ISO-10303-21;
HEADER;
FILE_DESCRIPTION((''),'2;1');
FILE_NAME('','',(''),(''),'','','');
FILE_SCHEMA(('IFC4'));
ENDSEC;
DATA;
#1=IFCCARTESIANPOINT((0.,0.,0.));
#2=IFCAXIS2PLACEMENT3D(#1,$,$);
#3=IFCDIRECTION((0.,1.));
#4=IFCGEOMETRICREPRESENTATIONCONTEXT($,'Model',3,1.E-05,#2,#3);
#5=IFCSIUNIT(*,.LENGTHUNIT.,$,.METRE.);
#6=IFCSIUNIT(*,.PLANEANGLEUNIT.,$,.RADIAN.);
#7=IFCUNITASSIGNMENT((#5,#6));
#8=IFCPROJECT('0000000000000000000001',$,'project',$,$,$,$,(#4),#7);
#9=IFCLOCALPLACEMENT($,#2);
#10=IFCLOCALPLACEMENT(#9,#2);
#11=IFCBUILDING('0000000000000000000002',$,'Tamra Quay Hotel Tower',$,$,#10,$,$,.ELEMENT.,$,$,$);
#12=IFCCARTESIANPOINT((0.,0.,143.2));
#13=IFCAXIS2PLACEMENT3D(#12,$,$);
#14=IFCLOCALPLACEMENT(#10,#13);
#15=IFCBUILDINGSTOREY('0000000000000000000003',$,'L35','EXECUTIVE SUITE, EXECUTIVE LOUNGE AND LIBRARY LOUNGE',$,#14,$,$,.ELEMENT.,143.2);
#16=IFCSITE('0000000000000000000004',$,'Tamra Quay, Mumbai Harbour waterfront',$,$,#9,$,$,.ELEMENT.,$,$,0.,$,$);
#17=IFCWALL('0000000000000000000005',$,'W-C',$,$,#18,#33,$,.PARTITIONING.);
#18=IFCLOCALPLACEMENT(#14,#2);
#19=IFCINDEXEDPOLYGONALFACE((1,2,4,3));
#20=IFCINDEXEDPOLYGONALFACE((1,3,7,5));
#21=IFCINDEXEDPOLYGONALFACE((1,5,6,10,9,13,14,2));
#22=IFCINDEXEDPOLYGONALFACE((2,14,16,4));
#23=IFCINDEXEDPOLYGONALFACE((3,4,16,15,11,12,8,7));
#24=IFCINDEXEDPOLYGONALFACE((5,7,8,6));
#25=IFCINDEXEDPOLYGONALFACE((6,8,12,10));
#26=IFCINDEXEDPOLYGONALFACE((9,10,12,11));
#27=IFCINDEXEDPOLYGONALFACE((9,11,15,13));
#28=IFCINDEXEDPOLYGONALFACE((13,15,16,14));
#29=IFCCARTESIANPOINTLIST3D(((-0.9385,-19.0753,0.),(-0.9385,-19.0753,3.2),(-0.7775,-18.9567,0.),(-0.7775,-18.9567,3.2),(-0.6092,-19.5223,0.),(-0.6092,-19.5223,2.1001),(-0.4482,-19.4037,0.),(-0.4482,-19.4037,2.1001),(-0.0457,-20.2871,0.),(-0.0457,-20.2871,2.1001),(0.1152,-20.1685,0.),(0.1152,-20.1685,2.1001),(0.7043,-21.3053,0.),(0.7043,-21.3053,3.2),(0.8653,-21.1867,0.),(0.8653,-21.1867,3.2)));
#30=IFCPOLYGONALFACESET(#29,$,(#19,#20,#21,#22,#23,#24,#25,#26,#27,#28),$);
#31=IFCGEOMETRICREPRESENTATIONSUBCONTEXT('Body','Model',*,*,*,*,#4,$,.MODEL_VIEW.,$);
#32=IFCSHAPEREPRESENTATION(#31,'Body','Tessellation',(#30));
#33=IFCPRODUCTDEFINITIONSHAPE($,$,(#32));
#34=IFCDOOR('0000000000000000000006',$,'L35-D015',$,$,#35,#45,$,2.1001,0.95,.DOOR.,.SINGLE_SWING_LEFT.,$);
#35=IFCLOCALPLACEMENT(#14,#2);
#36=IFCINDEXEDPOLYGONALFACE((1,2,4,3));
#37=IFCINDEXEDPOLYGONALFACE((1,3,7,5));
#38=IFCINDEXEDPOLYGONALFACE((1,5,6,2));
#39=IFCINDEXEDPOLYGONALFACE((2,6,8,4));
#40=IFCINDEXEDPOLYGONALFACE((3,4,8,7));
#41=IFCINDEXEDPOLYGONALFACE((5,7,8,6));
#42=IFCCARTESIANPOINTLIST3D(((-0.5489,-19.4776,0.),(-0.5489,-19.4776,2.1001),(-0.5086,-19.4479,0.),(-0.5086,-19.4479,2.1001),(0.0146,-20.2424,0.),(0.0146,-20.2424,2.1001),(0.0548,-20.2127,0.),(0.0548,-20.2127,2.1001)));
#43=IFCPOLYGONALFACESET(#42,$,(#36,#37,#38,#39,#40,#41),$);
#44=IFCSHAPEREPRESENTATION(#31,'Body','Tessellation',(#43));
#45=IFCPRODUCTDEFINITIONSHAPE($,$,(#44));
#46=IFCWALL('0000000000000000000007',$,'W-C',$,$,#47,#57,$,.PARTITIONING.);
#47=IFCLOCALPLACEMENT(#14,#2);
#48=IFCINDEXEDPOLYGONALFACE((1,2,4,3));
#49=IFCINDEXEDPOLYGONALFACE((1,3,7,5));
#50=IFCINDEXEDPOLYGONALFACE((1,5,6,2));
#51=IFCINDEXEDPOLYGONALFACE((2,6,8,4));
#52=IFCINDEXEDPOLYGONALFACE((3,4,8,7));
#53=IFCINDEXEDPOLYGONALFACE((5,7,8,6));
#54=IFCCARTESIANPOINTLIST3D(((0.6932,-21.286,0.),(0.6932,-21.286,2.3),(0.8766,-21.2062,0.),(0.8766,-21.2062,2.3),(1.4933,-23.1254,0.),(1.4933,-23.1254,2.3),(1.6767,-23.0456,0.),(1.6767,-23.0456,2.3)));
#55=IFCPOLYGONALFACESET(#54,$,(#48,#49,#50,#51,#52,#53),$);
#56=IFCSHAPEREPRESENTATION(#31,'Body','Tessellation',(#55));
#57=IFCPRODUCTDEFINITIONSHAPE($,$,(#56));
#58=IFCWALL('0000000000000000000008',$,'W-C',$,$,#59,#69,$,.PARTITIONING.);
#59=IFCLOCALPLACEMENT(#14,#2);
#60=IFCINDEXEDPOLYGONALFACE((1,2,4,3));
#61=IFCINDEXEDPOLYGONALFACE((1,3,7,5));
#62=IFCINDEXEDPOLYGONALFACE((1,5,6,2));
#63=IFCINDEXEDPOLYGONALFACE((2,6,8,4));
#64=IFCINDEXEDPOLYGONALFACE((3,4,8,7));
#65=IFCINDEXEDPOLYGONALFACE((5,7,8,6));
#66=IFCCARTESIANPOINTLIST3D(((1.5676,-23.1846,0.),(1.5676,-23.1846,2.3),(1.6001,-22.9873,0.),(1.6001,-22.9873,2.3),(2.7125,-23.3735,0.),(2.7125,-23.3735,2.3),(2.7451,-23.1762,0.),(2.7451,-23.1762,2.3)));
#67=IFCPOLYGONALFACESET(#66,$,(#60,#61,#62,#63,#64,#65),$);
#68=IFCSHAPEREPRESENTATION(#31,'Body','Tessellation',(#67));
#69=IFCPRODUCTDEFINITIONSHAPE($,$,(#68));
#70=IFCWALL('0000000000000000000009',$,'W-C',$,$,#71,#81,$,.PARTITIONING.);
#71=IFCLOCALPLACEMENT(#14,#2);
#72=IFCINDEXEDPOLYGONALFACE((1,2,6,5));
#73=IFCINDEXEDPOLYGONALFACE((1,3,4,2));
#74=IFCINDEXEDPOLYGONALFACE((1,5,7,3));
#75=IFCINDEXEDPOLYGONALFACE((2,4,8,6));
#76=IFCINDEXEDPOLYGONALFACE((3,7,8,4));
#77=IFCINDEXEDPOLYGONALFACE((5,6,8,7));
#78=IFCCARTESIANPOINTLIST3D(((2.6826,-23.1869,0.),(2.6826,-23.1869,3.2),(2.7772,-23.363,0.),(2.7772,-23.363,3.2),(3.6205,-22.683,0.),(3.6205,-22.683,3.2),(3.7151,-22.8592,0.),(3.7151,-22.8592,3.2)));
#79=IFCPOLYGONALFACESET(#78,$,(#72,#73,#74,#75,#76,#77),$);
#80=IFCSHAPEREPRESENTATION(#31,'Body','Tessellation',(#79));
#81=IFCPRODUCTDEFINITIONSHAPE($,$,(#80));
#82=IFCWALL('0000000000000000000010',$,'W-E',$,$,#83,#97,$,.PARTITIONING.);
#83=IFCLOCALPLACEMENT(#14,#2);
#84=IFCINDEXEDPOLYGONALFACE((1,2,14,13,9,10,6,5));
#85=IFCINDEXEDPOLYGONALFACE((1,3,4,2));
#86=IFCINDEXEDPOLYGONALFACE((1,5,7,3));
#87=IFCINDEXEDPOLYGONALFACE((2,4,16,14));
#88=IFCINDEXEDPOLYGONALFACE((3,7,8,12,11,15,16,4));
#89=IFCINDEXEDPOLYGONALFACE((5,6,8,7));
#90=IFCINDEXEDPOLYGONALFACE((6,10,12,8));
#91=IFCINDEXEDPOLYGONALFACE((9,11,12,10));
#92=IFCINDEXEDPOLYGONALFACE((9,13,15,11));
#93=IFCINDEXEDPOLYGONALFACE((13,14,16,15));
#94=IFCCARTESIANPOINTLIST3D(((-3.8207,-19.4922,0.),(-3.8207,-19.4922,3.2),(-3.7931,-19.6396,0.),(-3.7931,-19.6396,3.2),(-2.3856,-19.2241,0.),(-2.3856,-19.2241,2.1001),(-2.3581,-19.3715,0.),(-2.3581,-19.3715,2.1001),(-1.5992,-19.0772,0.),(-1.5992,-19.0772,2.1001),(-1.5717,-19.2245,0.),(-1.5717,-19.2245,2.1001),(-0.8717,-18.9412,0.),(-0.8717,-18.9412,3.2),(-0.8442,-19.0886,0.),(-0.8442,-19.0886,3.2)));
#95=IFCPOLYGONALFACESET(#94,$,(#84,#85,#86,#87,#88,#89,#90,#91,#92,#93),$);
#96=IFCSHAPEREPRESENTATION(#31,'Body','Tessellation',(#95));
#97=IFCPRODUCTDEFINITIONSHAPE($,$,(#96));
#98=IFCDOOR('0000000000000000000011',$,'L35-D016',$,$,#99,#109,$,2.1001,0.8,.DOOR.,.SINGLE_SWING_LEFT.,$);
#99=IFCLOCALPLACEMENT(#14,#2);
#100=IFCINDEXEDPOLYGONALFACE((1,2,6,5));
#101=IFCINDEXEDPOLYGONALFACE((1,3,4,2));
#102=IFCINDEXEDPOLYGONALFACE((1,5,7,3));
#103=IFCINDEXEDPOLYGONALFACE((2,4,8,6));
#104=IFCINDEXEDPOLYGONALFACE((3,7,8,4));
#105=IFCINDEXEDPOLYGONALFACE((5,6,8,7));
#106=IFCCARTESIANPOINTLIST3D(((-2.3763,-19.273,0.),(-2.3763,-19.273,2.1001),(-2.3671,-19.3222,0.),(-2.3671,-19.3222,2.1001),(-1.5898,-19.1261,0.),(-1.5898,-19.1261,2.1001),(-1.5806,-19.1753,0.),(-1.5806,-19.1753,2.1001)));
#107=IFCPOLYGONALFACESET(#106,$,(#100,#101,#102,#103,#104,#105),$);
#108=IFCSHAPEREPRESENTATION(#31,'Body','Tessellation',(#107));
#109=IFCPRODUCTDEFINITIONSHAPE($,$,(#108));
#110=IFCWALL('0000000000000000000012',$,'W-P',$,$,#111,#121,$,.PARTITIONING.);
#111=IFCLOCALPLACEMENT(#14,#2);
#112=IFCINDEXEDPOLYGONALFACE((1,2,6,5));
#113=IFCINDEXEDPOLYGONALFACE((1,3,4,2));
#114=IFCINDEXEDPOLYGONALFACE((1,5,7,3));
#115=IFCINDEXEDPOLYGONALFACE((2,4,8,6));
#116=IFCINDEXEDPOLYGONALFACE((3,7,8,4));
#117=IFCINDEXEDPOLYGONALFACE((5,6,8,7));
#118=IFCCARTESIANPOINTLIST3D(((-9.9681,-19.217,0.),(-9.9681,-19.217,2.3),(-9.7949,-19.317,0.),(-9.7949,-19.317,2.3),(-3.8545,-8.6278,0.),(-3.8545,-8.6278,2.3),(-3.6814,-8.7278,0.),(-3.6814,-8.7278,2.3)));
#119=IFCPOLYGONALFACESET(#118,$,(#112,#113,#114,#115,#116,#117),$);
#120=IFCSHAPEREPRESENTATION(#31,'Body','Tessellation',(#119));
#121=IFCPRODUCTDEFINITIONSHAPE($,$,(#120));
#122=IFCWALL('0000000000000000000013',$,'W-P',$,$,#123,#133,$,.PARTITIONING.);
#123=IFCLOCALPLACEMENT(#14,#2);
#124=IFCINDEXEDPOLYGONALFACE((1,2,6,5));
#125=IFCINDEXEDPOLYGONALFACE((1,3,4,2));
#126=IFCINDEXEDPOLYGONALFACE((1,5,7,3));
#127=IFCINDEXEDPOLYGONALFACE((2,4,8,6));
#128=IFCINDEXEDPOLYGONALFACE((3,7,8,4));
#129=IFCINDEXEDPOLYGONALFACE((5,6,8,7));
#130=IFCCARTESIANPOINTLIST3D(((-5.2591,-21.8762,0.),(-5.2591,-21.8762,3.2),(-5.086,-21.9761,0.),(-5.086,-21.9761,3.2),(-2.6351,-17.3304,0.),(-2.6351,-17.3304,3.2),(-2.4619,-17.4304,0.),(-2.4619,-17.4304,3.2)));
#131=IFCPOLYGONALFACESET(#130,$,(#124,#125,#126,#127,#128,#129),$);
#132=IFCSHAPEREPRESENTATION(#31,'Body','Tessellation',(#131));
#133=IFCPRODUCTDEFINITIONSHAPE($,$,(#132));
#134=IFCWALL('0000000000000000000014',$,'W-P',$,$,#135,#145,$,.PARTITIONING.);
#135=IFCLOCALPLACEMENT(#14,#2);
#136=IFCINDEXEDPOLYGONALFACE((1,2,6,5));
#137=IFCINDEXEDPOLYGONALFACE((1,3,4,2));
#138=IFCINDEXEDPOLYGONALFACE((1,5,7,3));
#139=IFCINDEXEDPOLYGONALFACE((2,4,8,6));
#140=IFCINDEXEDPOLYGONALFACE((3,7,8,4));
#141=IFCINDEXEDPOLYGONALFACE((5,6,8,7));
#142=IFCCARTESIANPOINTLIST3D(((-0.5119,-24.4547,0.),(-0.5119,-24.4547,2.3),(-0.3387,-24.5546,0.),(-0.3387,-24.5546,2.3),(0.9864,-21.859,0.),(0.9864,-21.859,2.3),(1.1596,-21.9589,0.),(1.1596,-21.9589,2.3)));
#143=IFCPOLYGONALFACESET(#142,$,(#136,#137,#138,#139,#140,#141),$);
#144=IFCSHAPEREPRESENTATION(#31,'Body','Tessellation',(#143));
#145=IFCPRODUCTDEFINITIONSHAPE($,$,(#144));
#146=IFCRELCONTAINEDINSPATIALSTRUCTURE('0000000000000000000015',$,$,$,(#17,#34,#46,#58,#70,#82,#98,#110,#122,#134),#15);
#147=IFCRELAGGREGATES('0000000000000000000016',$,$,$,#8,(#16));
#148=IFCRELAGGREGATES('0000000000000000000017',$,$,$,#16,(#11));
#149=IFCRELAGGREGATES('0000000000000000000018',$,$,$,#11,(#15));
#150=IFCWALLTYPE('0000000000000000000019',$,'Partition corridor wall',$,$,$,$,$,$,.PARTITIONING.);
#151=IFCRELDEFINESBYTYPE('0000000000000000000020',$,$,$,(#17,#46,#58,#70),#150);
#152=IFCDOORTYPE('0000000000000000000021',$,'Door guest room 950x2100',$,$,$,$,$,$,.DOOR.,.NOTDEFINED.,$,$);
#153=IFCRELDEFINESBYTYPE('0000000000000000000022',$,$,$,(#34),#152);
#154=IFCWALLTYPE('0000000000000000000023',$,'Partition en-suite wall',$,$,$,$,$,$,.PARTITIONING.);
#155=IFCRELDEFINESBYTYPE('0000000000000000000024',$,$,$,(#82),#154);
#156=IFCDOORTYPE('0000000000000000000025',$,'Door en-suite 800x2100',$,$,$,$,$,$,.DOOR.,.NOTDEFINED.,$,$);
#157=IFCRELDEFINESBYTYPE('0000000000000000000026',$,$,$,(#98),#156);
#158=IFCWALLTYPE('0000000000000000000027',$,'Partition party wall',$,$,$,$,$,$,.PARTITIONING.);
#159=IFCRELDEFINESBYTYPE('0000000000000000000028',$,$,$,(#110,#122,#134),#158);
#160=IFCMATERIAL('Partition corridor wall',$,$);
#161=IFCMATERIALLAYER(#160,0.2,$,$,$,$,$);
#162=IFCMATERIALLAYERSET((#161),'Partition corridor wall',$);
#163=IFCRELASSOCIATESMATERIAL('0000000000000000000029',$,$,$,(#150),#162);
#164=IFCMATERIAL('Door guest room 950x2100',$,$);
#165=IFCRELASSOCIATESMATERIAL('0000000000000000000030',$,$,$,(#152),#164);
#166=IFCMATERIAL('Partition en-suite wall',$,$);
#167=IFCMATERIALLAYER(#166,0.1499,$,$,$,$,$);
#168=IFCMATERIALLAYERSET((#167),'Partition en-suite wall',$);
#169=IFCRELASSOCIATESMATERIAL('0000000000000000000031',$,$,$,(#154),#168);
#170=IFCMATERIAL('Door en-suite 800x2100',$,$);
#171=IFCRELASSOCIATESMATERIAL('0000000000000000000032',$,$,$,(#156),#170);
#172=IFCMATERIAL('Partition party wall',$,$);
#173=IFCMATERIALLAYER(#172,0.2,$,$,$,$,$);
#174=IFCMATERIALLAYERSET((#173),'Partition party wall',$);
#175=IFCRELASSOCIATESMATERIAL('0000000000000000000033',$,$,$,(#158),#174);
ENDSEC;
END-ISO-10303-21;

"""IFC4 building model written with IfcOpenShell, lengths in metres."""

from ifc_helpers import new_model, si_unit, direction, frame, frame_2d, origin, place, context, subcontext, project, spatial, rectangle, extrude, material, layer, layer_set, type_object, element, fill, save


model = new_model("IFC4")

# Units and contexts
model_context = context("Model", 3, precision=1e-05, world=origin(), true_north=direction((0.0, 1.0)))
body_context = subcontext(model_context, "Body", "Model", "MODEL_VIEW")
ifc_project = project(units=[si_unit("LENGTHUNIT", "METRE"), si_unit("PLANEANGLEUNIT", "RADIAN")], contexts=[model_context])

# Site, building, storey
site_placement = place(None, origin())
site = spatial("IfcSite", under=ifc_project, at=site_placement, Name="Tamra Quay, Mumbai Harbour waterfront", CompositionType="ELEMENT", RefElevation=0.0)
building_placement = place(site_placement, origin())
building = spatial("IfcBuilding", under=site, at=building_placement, Name="Tamra Quay Hotel Tower", CompositionType="ELEMENT")
storey_placement = place(building_placement, frame((0.0, 0.0, 143.2)))
storey = spatial("IfcBuildingStorey", under=building, at=storey_placement, Name="L35", Description="EXECUTIVE SUITE, EXECUTIVE LOUNGE AND LIBRARY LOUNGE", CompositionType="ELEMENT", Elevation=143.2)

# Wall, opening, door
ifc_material_1 = material(Name="Partition corridor wall")
ifc_layer_1 = layer(ifc_material_1, 0.2)
ifc_layer_set_1 = layer_set([ifc_layer_1], Name="Partition corridor wall")
wall_type_1 = type_object("IfcWallType", Name="Partition corridor wall", PredefinedType="PARTITIONING", material=ifc_layer_set_1)
wall_1_placement = place(storey_placement, frame((-0.8579, -19.0161, 0.0), z_axis=(0.0, 0.0, 1.0), x_axis=(0.593124, -0.805111, 0.0)))
wall_1 = element("IfcWall", 1, at=wall_1_placement, inside=storey, type_object=wall_type_1, Name="W-C", PredefinedType="PARTITIONING", context=body_context, shape_type="SweptSolid", body=[
    extrude(rectangle(XDim=2.7698, YDim=0.2, at=frame_2d((1.3848, 0.0))), origin(), (0.0, 0.0, 1.0), 3.2),
])
opening_1_placement = place(wall_1_placement, frame((0.5549, 0.0, 0.0)))
opening_1 = element("IfcOpeningElement", 2, at=opening_1_placement, cuts=wall_1, PredefinedType="OPENING", context=body_context, shape_type="SweptSolid", body=[
    extrude(rectangle(XDim=0.95, YDim=2.1001, at=frame_2d((0.4751, 1.05))), frame((0.0, 0.1099, 0.0), z_axis=(0.0, -1.0, 0.0), x_axis=(1.0, 0.0, 0.0)), (0.0, 0.0, 1.0), 0.22),
])
ifc_material_2 = material(Name="Door guest room 950x2100")
door_type_1 = type_object("IfcDoorType", Name="Door guest room 950x2100", OperationType="NOTDEFINED", PredefinedType="DOOR", material=ifc_material_2)
door_1_placement = place(opening_1_placement, frame((0.95, 0.0, 0.0), z_axis=(0.0, 0.0, 1.0), x_axis=(-1.0, 0.0, 0.0)))
door_1 = element("IfcDoor", 3, at=door_1_placement, inside=storey, type_object=door_type_1, Name="L35-D015", OperationType="SINGLE_SWING_LEFT", OverallHeight=2.1001, OverallWidth=0.95, PredefinedType="DOOR", context=body_context, shape_type="SweptSolid", body=[
    extrude(rectangle(XDim=0.95, YDim=2.1001, at=frame_2d((0.4751, 1.05))), frame((0.0, 0.0249, 0.0), z_axis=(0.0, -1.0, 0.0), x_axis=(1.0, 0.0, 0.0)), (0.0, 0.0, 1.0), 0.05),
])
fill(opening_1, door_1)

# Walls
wall_2_placement = place(storey_placement, frame((0.7849, -21.2461, 0.0), z_axis=(0.0, 0.0, 1.0), x_axis=(0.398864, -0.91701, 0.0)))
element("IfcWall", 4, at=wall_2_placement, inside=storey, type_object=wall_type_1, Name="W-C", PredefinedType="PARTITIONING", context=body_context, shape_type="SweptSolid", body=[
    extrude(rectangle(XDim=2.0059, YDim=0.2, at=frame_2d((1.0029, 0.0))), origin(), (0.0, 0.0, 1.0), 2.3),
])
wall_3_placement = place(storey_placement, frame((1.584, -23.0859, 0.0), z_axis=(0.0, 0.0, 1.0), x_axis=(0.986654, -0.16283, 0.0)))
element("IfcWall", 5, at=wall_3_placement, inside=storey, type_object=wall_type_1, Name="W-C", PredefinedType="PARTITIONING", context=body_context, shape_type="SweptSolid", body=[
    extrude(rectangle(XDim=1.1604, YDim=0.2, at=frame_2d((0.5801, 0.0))), origin(), (0.0, 0.0, 1.0), 2.3),
])
wall_4_placement = place(storey_placement, frame((2.73, -23.2749, 0.0), z_axis=(0.0, 0.0, 1.0), x_axis=(0.880927, 0.473252, 0.0)))
element("IfcWall", 6, at=wall_4_placement, inside=storey, type_object=wall_type_1, Name="W-C", PredefinedType="PARTITIONING", context=body_context, shape_type="SweptSolid", body=[
    extrude(rectangle(XDim=1.0647, YDim=0.2, at=frame_2d((0.5322, 0.0))), origin(), (0.0, 0.0, 1.0), 3.2),
])

# Wall, opening, door
ifc_material_3 = material(Name="Partition en-suite wall")
ifc_layer_2 = layer(ifc_material_3, 0.1499)
ifc_layer_set_2 = layer_set([ifc_layer_2], Name="Partition en-suite wall")
wall_type_2 = type_object("IfcWallType", Name="Partition en-suite wall", PredefinedType="PARTITIONING", material=ifc_layer_set_2)
wall_5_placement = place(storey_placement, frame((-3.8069, -19.5659, 0.0), z_axis=(0.0, 0.0, 1.0), x_axis=(0.982987, 0.183674, 0.0)))
wall_5 = element("IfcWall", 7, at=wall_5_placement, inside=storey, type_object=wall_type_2, Name="W-E", PredefinedType="PARTITIONING", context=body_context, shape_type="SweptSolid", body=[
    extrude(rectangle(XDim=3.0, YDim=0.1499, at=frame_2d((1.5, 0.0))), origin(), (0.0, 0.0, 1.0), 3.2),
])
opening_2_placement = place(wall_5_placement, frame((1.46, 0.0, 0.0)))
opening_2 = element("IfcOpeningElement", 8, at=opening_2_placement, cuts=wall_5, PredefinedType="OPENING", context=body_context, shape_type="SweptSolid", body=[
    extrude(rectangle(XDim=0.8, YDim=2.1001, at=frame_2d((0.3999, 1.05))), frame((0.0, 0.085, 0.0), z_axis=(0.0, -1.0, 0.0), x_axis=(1.0, 0.0, 0.0)), (0.0, 0.0, 1.0), 0.1699),
])
ifc_material_4 = material(Name="Door en-suite 800x2100")
door_type_2 = type_object("IfcDoorType", Name="Door en-suite 800x2100", OperationType="NOTDEFINED", PredefinedType="DOOR", material=ifc_material_4)
door_2_placement = place(opening_2_placement, frame((0.8, 0.0, 0.0), z_axis=(0.0, 0.0, 1.0), x_axis=(-1.0, 0.0, 0.0)))
door_2 = element("IfcDoor", 9, at=door_2_placement, inside=storey, type_object=door_type_2, Name="L35-D016", OperationType="SINGLE_SWING_LEFT", OverallHeight=2.1001, OverallWidth=0.8, PredefinedType="DOOR", context=body_context, shape_type="SweptSolid", body=[
    extrude(rectangle(XDim=0.8, YDim=2.1001, at=frame_2d((0.3999, 1.05))), frame((0.0, 0.0249, 0.0), z_axis=(0.0, -1.0, 0.0), x_axis=(1.0, 0.0, 0.0)), (0.0, 0.0, 1.0), 0.05),
])
fill(opening_2, door_2)

# Walls
ifc_material_5 = material(Name="Partition party wall")
ifc_layer_3 = layer(ifc_material_5, 0.2)
ifc_layer_set_3 = layer_set([ifc_layer_3], Name="Partition party wall")
wall_type_3 = type_object("IfcWallType", Name="Partition party wall", PredefinedType="PARTITIONING", material=ifc_layer_set_3)
wall_6_placement = place(storey_placement, frame((-9.8816, -19.2671, 0.0), z_axis=(0.0, 0.0, 1.0), x_axis=(0.499994, 0.866029, 0.0)))
element("IfcWall", 10, at=wall_6_placement, inside=storey, type_object=wall_type_3, Name="W-P", PredefinedType="PARTITIONING", context=body_context, shape_type="SweptSolid", body=[
    extrude(rectangle(XDim=12.2273, YDim=0.2, at=frame_2d((6.1138, 0.0))), origin(), (0.0, 0.0, 1.0), 2.3),
])
wall_7_placement = place(storey_placement, frame((-5.1726, -21.9263, 0.0), z_axis=(0.0, 0.0, 1.0), x_axis=(0.499941, 0.866059, 0.0)))
element("IfcWall", 11, at=wall_7_placement, inside=storey, type_object=wall_type_3, Name="W-P", PredefinedType="PARTITIONING", context=body_context, shape_type="SweptSolid", body=[
    extrude(rectangle(XDim=5.2488, YDim=0.2, at=frame_2d((2.6245, 0.0))), origin(), (0.0, 0.0, 1.0), 3.2),
])
wall_8_placement = place(storey_placement, frame((-0.4253, -24.5046, 0.0), z_axis=(0.0, 0.0, 1.0), x_axis=(0.499915, 0.866074, 0.0)))
element("IfcWall", 12, at=wall_8_placement, inside=storey, type_object=wall_type_3, Name="W-P", PredefinedType="PARTITIONING", context=body_context, shape_type="SweptSolid", body=[
    extrude(rectangle(XDim=2.9971, YDim=0.2, at=frame_2d((1.4985, 0.0))), origin(), (0.0, 0.0, 1.0), 2.3),
])

save(model, "model.ifc")
